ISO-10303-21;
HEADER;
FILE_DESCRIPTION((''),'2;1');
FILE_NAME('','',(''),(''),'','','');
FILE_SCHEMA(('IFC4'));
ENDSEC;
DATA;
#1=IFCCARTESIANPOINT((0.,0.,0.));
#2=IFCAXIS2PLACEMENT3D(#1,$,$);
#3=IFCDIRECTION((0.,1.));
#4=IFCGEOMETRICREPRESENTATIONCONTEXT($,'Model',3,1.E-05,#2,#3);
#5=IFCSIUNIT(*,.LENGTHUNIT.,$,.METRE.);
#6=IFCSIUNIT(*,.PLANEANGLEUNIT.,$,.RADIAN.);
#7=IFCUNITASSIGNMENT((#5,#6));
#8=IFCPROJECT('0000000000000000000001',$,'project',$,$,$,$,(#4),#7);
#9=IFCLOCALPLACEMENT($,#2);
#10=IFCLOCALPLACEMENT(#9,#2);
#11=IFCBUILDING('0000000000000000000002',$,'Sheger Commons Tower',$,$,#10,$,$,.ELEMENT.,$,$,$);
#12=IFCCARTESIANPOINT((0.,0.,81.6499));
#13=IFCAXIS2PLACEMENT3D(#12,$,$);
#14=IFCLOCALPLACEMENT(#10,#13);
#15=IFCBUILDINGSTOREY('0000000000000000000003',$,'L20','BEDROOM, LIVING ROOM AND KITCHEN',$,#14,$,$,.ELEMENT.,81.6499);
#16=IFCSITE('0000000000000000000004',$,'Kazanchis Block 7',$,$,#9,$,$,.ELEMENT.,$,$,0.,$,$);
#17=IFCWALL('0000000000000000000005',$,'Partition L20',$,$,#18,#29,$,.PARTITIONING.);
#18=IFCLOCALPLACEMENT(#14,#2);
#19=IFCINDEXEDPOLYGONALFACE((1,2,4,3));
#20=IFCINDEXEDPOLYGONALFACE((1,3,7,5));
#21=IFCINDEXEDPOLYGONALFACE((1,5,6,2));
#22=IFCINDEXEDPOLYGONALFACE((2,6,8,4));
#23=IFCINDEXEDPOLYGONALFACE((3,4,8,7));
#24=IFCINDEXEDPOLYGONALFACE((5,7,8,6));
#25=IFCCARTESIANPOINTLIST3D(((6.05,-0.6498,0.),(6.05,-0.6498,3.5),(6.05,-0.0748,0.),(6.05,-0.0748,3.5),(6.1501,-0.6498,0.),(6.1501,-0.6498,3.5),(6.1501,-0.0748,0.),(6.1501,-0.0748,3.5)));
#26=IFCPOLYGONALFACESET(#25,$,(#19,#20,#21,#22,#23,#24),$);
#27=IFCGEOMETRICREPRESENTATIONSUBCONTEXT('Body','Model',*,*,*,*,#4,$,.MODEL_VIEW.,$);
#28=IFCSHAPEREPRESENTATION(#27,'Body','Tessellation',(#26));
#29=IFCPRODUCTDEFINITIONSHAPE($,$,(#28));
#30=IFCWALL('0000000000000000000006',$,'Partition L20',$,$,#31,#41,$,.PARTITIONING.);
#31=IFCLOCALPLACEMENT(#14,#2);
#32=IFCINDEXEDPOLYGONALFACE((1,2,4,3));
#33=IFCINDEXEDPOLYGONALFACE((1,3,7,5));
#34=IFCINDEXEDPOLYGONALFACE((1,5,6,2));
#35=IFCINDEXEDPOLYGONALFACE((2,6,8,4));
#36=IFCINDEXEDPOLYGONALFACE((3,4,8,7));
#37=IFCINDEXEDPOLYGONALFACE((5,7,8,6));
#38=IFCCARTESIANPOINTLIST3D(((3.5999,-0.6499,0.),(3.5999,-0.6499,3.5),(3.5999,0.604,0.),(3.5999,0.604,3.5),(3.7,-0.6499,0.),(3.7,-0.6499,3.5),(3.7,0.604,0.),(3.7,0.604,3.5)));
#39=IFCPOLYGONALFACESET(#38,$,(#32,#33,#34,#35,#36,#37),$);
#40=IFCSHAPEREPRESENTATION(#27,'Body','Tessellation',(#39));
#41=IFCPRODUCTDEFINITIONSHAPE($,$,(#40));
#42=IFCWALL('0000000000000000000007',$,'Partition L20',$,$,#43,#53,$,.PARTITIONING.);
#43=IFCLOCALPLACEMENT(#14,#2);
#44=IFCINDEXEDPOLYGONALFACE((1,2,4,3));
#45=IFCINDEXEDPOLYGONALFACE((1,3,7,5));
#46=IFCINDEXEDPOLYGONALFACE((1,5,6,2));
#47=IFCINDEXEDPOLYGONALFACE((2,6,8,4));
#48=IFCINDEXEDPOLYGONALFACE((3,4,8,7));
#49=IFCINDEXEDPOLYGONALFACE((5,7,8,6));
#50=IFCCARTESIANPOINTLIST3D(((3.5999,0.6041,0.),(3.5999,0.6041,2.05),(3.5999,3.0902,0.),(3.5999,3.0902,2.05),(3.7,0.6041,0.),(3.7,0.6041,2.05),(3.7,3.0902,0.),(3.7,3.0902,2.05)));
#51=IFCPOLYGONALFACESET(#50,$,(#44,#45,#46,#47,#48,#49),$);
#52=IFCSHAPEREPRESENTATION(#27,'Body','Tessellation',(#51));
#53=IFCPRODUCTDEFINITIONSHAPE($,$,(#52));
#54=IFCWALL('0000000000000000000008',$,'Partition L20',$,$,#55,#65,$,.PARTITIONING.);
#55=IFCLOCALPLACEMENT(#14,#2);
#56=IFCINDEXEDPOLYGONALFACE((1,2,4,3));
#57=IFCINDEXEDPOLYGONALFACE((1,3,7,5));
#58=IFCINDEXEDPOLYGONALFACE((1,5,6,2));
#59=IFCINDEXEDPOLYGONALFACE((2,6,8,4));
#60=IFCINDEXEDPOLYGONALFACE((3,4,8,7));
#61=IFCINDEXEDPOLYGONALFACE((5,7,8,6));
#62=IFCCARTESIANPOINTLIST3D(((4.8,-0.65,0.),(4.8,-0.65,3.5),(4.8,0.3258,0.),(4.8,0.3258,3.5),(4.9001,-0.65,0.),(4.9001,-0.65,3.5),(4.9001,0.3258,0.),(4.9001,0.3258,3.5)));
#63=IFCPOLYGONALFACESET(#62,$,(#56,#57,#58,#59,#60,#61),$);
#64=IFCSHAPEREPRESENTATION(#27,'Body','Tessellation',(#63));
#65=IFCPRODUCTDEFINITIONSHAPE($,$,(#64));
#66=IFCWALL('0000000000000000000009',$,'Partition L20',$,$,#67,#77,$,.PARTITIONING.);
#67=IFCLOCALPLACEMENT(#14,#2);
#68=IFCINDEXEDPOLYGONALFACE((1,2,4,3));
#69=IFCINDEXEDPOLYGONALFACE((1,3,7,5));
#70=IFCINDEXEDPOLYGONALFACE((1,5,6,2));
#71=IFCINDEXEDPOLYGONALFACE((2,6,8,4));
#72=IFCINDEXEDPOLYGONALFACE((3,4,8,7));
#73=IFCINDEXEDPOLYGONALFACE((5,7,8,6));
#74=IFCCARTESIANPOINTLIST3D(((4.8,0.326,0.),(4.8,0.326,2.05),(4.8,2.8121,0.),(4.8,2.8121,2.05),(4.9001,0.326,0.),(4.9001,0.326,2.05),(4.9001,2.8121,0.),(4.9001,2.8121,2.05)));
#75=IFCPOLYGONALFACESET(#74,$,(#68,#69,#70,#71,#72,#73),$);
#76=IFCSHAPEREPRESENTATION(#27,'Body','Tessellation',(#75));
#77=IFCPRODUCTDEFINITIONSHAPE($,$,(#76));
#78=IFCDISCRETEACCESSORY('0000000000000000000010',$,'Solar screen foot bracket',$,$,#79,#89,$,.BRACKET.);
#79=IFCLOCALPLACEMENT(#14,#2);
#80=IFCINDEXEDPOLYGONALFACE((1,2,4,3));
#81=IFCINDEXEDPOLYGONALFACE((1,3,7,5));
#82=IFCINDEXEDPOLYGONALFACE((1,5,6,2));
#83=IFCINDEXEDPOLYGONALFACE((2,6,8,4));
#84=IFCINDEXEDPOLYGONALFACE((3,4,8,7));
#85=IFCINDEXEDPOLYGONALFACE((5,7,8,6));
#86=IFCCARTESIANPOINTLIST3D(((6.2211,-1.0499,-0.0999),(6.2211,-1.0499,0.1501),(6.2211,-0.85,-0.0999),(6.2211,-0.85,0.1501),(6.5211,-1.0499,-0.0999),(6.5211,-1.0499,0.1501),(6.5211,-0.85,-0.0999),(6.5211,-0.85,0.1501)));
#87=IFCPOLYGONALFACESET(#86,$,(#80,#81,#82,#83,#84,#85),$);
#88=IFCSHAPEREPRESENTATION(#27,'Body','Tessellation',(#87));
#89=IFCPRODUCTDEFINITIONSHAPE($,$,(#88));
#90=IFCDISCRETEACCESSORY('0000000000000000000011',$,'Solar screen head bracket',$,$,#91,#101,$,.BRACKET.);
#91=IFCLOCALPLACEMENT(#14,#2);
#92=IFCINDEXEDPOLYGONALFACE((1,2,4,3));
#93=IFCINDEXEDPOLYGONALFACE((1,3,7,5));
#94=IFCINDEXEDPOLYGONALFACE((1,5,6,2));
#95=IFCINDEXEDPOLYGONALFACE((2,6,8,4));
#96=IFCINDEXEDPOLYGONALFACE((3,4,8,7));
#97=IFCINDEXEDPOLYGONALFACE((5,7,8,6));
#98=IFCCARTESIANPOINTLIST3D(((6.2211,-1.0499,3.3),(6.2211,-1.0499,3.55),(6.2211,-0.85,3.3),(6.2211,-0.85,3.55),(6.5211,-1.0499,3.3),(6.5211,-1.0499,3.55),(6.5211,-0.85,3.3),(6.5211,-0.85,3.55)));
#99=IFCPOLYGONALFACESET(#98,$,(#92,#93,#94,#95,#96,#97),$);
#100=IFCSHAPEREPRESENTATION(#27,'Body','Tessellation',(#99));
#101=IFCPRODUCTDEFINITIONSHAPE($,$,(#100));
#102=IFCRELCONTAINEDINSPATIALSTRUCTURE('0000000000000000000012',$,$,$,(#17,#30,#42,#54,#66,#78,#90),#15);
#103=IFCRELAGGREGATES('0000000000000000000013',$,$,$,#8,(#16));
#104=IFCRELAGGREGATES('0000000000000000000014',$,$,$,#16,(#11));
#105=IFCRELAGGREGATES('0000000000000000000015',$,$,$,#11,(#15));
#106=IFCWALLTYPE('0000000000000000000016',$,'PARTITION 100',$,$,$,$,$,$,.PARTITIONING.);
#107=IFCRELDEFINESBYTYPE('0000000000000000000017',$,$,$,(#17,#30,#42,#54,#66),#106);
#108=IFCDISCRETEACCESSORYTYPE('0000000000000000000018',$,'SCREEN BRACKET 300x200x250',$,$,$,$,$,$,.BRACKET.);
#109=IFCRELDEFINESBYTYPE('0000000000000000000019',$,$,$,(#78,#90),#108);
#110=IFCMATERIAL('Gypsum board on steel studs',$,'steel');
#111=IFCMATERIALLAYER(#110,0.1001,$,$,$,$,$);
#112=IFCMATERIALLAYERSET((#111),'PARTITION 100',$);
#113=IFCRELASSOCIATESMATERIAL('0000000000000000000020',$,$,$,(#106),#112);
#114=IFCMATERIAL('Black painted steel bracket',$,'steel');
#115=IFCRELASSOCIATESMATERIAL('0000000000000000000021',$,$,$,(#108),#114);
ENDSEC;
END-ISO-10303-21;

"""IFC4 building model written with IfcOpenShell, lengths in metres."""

from ifc_helpers import new_model, si_unit, direction, frame, frame_2d, origin, origin_2d, place, context, subcontext, project, spatial, rectangle, extrude, material, layer, layer_set, type_object, element, save


model = new_model("IFC4")

# Units and contexts
model_context = context("Model", 3, precision=1e-05, world=origin(), true_north=direction((0.0, 1.0)))
body_context = subcontext(model_context, "Body", "Model", "MODEL_VIEW")
ifc_project = project(units=[si_unit("LENGTHUNIT", "METRE"), si_unit("PLANEANGLEUNIT", "RADIAN")], contexts=[model_context])

# Site, building, storey
site_placement = place(None, origin())
site = spatial("IfcSite", under=ifc_project, at=site_placement, Name="Kazanchis Block 7", CompositionType="ELEMENT", RefElevation=0.0)
building_placement = place(site_placement, origin())
building = spatial("IfcBuilding", under=site, at=building_placement, Name="Sheger Commons Tower", CompositionType="ELEMENT")
storey_placement = place(building_placement, frame((0.0, 0.0, 81.6499)))
storey = spatial("IfcBuildingStorey", under=building, at=storey_placement, Name="L20", Description="BEDROOM, LIVING ROOM AND KITCHEN", CompositionType="ELEMENT", Elevation=81.6499)

# Walls
ifc_material_1 = material(Name="Gypsum board on steel studs", Category="steel")
ifc_layer_1 = layer(ifc_material_1, 0.1001)
ifc_layer_set_1 = layer_set([ifc_layer_1], Name="PARTITION 100")
wall_type_1 = type_object("IfcWallType", Name="PARTITION 100", PredefinedType="PARTITIONING", material=ifc_layer_set_1)
wall_1_placement = place(storey_placement, frame((6.1001, -0.6499, 0.0), z_axis=(0.0, 0.0, 1.0), x_axis=(0.0, 1.0, 0.0)))
element("IfcWall", 1, at=wall_1_placement, inside=storey, type_object=wall_type_1, Name="Partition L20", PredefinedType="PARTITIONING", context=body_context, shape_type="SweptSolid", body=[
    extrude(rectangle(XDim=0.575, YDim=0.1001, at=frame_2d((0.2876, 0.0))), origin(), (0.0, 0.0, 1.0), 3.5),
])
wall_2_placement = place(storey_placement, frame((3.6499, -0.6499, 0.0), z_axis=(0.0, 0.0, 1.0), x_axis=(0.0, 1.0, 0.0)))
element("IfcWall", 2, at=wall_2_placement, inside=storey, type_object=wall_type_1, Name="Partition L20", PredefinedType="PARTITIONING", context=body_context, shape_type="SweptSolid", body=[
    extrude(rectangle(XDim=1.2539, YDim=0.1001, at=frame_2d((0.627, 0.0))), origin(), (0.0, 0.0, 1.0), 3.5),
])
wall_3_placement = place(storey_placement, frame((3.6499, 0.604, 0.0), z_axis=(0.0, 0.0, 1.0), x_axis=(0.0, 1.0, 0.0)))
element("IfcWall", 3, at=wall_3_placement, inside=storey, type_object=wall_type_1, Name="Partition L20", PredefinedType="PARTITIONING", context=body_context, shape_type="SweptSolid", body=[
    extrude(rectangle(XDim=2.4861, YDim=0.1001, at=frame_2d((1.2432, 0.0))), origin(), (0.0, 0.0, 1.0), 2.05),
])
wall_4_placement = place(storey_placement, frame((4.8501, -0.6499, 0.0), z_axis=(0.0, 0.0, 1.0), x_axis=(0.0, 1.0, 0.0)))
element("IfcWall", 4, at=wall_4_placement, inside=storey, type_object=wall_type_1, Name="Partition L20", PredefinedType="PARTITIONING", context=body_context, shape_type="SweptSolid", body=[
    extrude(rectangle(XDim=0.9758, YDim=0.1001, at=frame_2d((0.4878, 0.0))), origin(), (0.0, 0.0, 1.0), 3.5),
])
wall_5_placement = place(storey_placement, frame((4.8501, 0.3259, 0.0), z_axis=(0.0, 0.0, 1.0), x_axis=(0.0, 1.0, 0.0)))
element("IfcWall", 5, at=wall_5_placement, inside=storey, type_object=wall_type_1, Name="Partition L20", PredefinedType="PARTITIONING", context=body_context, shape_type="SweptSolid", body=[
    extrude(rectangle(XDim=2.4861, YDim=0.1001, at=frame_2d((1.2432, 0.0))), origin(), (0.0, 0.0, 1.0), 2.05),
])

# Discrete accessories
ifc_material_2 = material(Name="Black painted steel bracket", Category="steel")
discrete_accessory_type = type_object("IfcDiscreteAccessoryType", Name="SCREEN BRACKET 300x200x250", PredefinedType="BRACKET", material=ifc_material_2)
for number, where, z_axis, x_axis, name in (
    (6, (6.3711, -0.95, -0.0999), (0.0, 0.0, 1.0), (1.0, 0.0, 0.0), "Solar screen foot bracket"),
    (7, (6.3711, -0.95, 3.3), (0.0, 0.0, 1.0), (1.0, 0.0, 0.0), "Solar screen head bracket"),
):
    element("IfcDiscreteAccessory", number, at=place(storey_placement, frame(where, z_axis=z_axis, x_axis=x_axis)), inside=storey, type_object=discrete_accessory_type, Name=name, PredefinedType="BRACKET", context=body_context, shape_type="SweptSolid", body=[
        extrude(rectangle(XDim=0.3, YDim=0.2, at=origin_2d()), origin(), (0.0, 0.0, 1.0), 0.25),
    ])

save(model, "model.ifc")
